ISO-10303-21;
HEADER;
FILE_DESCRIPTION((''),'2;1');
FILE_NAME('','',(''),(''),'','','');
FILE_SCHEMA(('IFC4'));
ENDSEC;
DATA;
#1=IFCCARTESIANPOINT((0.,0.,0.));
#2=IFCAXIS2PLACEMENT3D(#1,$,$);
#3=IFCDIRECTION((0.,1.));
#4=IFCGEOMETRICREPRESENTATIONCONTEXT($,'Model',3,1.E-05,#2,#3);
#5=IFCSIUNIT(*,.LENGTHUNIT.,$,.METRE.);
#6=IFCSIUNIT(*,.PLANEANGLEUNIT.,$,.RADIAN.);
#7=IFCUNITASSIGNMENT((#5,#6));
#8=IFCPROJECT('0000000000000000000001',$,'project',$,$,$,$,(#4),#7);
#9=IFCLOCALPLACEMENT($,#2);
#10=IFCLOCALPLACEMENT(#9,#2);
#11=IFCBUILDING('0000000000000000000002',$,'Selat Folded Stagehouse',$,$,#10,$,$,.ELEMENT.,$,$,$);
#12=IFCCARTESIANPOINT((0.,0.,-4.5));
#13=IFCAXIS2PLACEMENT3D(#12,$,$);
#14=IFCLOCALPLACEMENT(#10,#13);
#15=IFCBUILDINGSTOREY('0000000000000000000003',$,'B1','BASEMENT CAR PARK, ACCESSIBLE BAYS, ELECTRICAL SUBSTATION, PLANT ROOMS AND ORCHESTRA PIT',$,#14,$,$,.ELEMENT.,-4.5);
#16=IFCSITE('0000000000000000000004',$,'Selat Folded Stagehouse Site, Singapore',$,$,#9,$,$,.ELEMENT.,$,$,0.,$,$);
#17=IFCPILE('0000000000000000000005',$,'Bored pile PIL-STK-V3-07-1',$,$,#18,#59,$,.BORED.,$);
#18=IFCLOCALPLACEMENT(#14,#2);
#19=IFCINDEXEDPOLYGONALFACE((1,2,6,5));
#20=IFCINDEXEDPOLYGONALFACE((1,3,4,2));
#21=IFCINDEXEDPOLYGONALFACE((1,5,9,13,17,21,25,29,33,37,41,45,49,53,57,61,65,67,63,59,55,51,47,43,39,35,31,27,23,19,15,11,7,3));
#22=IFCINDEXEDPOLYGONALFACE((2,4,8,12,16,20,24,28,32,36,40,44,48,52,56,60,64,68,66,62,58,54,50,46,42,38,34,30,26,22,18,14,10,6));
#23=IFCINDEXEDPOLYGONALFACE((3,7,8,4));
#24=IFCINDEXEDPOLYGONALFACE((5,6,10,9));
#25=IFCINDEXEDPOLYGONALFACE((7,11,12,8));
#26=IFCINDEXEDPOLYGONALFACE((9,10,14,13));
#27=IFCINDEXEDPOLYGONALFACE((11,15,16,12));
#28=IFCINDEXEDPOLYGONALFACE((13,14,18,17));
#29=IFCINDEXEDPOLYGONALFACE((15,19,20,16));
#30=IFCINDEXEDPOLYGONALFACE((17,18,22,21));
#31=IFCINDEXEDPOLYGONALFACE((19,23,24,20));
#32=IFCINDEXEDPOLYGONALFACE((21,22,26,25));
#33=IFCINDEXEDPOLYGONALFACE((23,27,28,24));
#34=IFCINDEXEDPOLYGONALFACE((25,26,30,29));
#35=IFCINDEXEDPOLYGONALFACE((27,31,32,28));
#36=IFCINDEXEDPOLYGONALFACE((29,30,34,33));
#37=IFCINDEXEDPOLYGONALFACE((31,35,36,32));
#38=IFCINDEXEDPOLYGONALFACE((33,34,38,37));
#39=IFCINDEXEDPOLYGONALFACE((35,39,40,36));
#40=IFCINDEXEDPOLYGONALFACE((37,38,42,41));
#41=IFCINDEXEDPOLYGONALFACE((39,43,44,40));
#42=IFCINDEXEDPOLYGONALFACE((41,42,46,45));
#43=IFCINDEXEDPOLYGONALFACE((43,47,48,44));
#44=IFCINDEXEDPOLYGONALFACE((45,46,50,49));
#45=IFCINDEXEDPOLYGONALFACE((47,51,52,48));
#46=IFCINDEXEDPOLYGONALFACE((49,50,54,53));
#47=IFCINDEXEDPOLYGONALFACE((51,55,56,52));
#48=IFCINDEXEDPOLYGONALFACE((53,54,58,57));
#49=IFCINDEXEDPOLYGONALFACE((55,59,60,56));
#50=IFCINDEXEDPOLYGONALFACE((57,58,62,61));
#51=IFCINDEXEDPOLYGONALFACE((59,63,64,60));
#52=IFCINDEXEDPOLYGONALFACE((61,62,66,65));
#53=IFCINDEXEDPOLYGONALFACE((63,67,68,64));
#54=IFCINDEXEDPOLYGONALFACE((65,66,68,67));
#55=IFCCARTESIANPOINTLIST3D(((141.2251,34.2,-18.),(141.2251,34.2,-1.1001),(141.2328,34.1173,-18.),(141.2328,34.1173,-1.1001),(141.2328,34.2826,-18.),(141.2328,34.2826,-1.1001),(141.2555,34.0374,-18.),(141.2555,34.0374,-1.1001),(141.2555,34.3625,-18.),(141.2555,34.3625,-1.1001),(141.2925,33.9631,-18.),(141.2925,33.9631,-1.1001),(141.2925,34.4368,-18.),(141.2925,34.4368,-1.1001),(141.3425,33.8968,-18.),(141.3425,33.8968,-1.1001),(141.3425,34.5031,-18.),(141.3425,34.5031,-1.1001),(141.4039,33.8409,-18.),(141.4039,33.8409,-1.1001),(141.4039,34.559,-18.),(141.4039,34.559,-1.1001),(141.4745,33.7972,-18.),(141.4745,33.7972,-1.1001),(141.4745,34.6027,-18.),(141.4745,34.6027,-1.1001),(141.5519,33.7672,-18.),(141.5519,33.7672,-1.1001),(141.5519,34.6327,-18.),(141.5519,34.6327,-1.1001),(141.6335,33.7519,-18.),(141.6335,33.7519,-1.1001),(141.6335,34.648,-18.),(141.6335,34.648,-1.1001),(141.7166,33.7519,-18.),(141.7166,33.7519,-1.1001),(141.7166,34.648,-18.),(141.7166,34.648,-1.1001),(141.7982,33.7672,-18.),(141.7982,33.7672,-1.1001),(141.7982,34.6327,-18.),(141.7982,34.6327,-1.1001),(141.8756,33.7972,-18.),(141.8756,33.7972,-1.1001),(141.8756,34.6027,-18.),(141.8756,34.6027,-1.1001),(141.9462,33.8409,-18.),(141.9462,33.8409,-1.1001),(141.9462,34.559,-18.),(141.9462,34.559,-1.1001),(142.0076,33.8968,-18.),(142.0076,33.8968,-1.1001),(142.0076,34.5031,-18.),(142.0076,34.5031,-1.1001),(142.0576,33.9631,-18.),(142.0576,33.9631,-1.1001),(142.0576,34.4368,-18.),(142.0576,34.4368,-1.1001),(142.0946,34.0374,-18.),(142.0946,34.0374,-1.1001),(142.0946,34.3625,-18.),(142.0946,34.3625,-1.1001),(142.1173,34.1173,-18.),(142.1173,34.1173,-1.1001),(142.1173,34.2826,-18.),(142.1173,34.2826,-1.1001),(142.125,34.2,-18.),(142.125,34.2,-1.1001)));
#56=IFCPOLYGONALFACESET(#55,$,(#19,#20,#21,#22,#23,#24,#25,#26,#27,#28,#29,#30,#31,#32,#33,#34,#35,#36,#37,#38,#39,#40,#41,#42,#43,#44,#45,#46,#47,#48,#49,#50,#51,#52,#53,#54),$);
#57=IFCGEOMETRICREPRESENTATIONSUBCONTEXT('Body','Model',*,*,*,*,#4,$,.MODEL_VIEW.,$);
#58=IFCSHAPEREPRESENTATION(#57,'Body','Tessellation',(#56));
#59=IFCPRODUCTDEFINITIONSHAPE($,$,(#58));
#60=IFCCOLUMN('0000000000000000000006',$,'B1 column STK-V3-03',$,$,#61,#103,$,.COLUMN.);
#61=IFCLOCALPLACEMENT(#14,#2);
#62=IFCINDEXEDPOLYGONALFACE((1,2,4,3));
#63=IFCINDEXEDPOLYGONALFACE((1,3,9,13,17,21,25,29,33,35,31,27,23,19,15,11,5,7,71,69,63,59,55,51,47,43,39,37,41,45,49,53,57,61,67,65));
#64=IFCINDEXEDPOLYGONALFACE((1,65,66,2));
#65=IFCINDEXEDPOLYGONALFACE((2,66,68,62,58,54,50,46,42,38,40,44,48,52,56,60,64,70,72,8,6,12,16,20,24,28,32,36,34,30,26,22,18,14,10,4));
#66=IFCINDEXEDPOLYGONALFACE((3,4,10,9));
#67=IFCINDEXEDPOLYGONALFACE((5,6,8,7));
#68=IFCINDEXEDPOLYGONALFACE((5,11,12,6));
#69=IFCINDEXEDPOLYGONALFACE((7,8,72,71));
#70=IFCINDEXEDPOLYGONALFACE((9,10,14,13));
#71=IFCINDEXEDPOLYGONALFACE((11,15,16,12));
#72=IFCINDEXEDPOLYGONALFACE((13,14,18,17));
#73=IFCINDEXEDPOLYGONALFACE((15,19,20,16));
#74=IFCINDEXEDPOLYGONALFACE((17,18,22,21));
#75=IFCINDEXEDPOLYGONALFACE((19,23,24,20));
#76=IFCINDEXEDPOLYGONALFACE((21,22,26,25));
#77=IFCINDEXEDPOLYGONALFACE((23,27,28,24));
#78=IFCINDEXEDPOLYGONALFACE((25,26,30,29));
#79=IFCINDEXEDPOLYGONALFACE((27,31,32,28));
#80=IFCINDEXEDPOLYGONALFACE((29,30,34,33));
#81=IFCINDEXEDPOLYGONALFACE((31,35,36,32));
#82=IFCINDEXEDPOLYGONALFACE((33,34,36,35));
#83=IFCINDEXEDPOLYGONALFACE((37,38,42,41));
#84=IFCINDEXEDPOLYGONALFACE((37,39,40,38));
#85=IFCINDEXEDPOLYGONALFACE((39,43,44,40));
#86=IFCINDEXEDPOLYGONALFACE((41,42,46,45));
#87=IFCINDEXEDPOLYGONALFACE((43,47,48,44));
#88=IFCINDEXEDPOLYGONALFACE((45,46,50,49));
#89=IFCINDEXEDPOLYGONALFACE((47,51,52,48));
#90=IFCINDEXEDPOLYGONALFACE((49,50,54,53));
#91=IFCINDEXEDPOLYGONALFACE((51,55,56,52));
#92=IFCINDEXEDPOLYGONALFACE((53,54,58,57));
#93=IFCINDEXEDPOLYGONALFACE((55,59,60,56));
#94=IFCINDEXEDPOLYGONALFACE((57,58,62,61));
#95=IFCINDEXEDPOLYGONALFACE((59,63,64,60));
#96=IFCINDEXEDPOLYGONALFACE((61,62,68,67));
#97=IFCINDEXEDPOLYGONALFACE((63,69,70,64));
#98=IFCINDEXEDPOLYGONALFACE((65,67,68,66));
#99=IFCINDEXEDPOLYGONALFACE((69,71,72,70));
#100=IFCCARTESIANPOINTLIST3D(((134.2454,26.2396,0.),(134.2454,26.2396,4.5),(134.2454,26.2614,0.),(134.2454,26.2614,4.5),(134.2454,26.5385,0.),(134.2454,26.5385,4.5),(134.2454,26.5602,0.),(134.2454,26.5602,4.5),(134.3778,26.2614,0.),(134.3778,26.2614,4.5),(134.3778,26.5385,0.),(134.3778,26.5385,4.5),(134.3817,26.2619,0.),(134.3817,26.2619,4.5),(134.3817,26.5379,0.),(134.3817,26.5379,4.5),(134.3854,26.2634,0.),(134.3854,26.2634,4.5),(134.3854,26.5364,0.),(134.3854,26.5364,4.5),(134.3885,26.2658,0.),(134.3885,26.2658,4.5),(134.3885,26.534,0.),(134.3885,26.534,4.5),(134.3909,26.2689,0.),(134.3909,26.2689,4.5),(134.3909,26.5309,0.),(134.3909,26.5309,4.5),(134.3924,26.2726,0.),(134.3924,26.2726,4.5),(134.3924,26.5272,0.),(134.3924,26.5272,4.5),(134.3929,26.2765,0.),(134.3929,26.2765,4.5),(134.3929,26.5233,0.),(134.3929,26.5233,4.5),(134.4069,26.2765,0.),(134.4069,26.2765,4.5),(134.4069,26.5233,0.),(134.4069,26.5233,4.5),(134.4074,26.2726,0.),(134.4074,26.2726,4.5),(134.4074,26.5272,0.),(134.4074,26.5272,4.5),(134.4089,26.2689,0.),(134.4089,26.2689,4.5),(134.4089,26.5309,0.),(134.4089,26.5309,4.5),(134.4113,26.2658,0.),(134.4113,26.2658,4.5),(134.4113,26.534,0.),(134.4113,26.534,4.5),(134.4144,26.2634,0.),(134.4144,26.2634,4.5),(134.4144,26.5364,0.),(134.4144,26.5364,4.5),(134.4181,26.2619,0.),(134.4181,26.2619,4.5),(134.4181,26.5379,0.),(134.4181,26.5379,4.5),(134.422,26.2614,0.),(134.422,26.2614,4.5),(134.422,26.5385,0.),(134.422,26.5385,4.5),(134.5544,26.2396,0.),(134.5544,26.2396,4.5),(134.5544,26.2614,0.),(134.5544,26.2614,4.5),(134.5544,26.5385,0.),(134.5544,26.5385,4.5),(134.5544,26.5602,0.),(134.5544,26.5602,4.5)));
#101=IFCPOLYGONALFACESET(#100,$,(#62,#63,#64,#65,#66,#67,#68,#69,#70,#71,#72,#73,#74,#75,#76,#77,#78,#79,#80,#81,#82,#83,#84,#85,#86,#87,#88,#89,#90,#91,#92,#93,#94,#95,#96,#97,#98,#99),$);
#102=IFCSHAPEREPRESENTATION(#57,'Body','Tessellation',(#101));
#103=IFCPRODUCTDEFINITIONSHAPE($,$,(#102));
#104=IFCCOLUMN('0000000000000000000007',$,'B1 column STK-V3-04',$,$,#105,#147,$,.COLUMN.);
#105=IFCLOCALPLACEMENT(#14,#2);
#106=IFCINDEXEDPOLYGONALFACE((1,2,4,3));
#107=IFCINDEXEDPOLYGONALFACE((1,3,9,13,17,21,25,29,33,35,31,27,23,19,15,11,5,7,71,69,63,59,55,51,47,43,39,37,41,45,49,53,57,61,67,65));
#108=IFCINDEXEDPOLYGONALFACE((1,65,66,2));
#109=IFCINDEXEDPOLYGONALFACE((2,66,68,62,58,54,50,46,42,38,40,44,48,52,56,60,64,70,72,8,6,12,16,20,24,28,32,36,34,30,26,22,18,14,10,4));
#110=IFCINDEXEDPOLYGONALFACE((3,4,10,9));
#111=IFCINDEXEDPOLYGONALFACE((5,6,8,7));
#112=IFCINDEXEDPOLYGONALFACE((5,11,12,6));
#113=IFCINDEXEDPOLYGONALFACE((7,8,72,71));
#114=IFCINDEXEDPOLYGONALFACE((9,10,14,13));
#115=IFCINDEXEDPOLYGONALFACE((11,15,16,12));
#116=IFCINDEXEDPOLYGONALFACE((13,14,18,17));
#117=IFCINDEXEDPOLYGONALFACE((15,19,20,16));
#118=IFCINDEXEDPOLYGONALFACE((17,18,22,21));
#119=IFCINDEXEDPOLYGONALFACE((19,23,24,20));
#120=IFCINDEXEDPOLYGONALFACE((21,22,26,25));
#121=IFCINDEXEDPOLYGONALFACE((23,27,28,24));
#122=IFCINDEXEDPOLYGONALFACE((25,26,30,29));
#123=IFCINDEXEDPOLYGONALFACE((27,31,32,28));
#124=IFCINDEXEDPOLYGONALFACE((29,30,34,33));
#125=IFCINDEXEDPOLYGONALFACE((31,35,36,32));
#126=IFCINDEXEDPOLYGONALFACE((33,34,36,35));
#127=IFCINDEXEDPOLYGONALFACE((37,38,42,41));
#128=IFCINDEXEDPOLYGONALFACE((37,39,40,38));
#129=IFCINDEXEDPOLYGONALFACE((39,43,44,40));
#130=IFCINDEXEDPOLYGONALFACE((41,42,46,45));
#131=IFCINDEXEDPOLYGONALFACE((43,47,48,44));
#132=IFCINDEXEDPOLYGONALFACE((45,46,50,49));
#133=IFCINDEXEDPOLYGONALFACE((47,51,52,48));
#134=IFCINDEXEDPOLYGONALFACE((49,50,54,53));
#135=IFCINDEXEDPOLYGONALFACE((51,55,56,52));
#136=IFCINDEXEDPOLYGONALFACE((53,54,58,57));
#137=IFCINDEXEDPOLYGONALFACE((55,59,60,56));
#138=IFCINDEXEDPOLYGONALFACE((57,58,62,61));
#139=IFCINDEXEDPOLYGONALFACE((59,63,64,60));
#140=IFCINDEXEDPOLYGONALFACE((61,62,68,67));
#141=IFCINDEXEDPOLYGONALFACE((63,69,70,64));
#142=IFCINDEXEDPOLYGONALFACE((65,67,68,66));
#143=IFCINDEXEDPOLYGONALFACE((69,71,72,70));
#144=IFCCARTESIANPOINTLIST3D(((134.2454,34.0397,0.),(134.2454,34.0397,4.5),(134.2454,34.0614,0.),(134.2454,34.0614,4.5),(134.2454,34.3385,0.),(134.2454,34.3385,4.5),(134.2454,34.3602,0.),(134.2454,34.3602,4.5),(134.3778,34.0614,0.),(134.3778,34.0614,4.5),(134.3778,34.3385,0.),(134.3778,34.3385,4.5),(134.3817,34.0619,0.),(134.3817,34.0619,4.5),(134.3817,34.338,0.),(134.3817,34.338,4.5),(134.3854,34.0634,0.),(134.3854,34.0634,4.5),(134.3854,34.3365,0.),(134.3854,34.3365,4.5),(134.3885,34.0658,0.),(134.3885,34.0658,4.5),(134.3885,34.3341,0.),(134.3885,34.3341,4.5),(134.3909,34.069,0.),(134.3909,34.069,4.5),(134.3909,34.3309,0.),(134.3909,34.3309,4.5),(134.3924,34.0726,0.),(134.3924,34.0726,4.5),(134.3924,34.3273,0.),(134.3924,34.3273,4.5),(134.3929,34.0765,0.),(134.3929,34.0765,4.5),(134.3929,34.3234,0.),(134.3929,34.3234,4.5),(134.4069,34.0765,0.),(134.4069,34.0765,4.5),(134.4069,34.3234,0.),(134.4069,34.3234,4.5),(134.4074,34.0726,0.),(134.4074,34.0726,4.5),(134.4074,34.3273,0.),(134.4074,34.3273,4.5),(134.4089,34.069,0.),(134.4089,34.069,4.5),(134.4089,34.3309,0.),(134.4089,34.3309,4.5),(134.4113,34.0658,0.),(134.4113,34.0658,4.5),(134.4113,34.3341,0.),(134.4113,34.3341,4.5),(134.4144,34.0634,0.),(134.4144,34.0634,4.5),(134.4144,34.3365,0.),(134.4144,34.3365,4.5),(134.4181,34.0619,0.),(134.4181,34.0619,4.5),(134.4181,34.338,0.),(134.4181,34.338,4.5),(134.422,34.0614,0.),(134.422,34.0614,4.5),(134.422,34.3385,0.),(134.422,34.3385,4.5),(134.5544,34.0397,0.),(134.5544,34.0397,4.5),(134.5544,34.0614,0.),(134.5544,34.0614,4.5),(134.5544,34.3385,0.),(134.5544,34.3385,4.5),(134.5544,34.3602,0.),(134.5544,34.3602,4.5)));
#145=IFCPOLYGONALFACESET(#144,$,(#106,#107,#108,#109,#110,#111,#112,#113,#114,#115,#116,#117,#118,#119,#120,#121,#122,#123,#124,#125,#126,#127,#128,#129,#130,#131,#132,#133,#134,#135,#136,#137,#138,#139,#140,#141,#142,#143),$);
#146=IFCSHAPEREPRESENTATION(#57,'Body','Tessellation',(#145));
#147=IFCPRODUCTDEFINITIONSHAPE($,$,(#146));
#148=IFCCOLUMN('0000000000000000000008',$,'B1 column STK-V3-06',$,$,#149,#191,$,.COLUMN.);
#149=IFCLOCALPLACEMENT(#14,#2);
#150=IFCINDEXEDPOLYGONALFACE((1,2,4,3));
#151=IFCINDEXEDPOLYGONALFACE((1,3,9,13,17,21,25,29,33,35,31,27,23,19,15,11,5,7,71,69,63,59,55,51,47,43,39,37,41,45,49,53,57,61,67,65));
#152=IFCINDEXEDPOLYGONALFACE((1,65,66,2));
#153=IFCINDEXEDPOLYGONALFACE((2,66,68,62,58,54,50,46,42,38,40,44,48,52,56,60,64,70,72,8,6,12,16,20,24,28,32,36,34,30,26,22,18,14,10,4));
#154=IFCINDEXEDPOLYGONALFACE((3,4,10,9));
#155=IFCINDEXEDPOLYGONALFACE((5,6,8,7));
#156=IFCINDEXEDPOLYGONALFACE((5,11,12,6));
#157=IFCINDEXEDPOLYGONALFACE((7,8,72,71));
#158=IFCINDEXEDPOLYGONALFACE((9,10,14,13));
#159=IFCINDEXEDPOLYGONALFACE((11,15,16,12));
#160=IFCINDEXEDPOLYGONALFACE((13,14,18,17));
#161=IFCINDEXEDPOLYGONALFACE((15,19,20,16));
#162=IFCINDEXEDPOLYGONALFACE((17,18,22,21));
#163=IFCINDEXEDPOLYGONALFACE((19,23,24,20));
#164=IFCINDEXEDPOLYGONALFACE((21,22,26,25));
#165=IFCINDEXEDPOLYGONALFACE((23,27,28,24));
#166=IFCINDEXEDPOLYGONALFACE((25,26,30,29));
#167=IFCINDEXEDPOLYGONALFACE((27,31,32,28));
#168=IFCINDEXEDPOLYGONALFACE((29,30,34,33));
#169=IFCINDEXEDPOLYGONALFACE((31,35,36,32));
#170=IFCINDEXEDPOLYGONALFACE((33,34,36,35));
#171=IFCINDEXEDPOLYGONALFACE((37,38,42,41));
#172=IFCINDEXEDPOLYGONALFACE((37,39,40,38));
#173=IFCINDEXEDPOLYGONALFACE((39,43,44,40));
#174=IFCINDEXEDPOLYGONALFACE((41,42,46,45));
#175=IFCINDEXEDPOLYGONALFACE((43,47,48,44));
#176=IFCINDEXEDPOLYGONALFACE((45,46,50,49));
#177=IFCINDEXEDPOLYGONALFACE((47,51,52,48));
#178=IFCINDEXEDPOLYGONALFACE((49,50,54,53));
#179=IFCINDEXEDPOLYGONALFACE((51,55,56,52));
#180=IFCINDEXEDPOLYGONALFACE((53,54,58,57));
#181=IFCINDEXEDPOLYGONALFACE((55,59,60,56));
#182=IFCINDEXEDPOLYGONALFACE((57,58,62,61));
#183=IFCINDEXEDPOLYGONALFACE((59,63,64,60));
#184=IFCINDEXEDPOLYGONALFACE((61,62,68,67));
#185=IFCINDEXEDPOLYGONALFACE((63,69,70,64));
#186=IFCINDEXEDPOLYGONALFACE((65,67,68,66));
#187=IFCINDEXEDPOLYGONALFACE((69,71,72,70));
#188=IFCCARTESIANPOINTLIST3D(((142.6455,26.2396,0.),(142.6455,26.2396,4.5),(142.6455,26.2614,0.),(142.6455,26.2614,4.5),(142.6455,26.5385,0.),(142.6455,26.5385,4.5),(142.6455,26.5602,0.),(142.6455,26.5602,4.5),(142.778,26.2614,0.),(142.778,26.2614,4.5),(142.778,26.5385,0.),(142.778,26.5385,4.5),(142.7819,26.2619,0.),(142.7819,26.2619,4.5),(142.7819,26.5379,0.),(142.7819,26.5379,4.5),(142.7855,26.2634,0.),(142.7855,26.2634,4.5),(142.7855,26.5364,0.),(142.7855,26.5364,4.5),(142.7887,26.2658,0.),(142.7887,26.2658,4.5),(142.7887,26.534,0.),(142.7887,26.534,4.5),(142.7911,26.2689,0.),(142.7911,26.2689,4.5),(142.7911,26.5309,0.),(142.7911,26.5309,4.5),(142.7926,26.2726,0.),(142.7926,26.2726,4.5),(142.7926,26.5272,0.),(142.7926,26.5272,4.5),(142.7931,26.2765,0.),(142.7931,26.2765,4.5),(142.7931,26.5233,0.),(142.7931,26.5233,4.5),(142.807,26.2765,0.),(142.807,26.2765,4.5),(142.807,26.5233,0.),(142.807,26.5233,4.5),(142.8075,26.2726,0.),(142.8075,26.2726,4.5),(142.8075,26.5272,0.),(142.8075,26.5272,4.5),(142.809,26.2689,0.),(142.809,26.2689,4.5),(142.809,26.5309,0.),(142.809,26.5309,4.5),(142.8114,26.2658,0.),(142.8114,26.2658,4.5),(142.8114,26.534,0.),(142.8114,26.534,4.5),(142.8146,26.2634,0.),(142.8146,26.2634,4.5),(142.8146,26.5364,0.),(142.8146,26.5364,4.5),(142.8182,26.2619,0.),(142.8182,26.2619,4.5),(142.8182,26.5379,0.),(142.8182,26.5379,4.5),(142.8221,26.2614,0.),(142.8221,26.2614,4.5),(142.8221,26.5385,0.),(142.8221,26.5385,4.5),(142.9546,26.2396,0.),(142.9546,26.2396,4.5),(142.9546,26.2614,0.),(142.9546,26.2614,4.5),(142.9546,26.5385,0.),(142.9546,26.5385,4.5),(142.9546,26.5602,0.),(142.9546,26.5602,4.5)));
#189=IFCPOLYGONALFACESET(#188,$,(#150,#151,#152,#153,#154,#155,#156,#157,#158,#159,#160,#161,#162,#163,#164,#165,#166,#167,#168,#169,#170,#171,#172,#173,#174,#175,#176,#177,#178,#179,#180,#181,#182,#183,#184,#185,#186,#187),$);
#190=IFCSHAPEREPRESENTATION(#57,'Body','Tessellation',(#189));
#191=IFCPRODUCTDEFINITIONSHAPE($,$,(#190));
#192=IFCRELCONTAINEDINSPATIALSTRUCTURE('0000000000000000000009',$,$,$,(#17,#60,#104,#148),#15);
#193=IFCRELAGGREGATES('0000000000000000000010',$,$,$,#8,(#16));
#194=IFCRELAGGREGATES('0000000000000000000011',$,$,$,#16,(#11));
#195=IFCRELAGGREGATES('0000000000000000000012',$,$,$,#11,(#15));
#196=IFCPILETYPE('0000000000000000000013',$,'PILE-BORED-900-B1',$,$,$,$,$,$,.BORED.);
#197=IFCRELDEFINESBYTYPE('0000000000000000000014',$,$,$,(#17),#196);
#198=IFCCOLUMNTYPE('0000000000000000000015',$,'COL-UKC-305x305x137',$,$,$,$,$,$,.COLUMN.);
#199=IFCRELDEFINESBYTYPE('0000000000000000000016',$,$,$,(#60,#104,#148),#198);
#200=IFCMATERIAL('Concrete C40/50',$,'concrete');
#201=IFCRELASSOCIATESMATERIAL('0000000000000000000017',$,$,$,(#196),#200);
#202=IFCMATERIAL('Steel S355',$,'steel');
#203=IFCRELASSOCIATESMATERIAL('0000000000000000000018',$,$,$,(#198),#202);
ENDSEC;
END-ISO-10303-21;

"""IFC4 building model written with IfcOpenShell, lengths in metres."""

from ifc_helpers import new_model, si_unit, direction, frame, origin, origin_2d, place, context, subcontext, project, spatial, circle, i_section, extrude, material, material_profile, profile_set, type_object, element, save


model = new_model("IFC4")

# Units and contexts
model_context = context("Model", 3, precision=1e-05, world=origin(), true_north=direction((0.0, 1.0)))
body_context = subcontext(model_context, "Body", "Model", "MODEL_VIEW")
ifc_project = project(units=[si_unit("LENGTHUNIT", "METRE"), si_unit("PLANEANGLEUNIT", "RADIAN")], contexts=[model_context])

# Site, building, storey
site_placement = place(None, origin())
site = spatial("IfcSite", under=ifc_project, at=site_placement, Name="Selat Folded Stagehouse Site, Singapore", CompositionType="ELEMENT", RefElevation=0.0)
building_placement = place(site_placement, origin())
building = spatial("IfcBuilding", under=site, at=building_placement, Name="Selat Folded Stagehouse", CompositionType="ELEMENT")
storey_placement = place(building_placement, frame((0.0, 0.0, -4.5)))
storey = spatial("IfcBuildingStorey", under=building, at=storey_placement, Name="B1", Description="BASEMENT CAR PARK, ACCESSIBLE BAYS, ELECTRICAL SUBSTATION, PLANT ROOMS AND ORCHESTRA PIT", CompositionType="ELEMENT", Elevation=-4.5)

# Shared definitions
ifc_material_1 = material(Name="Concrete C40/50", Category="concrete")

# Pile
ifc_material_profile_1 = material_profile(ifc_material_1, circle(Radius=0.45, at=origin_2d()), Name="PILE D900")
ifc_profile_set_1 = profile_set([ifc_material_profile_1], Name="Concrete C40/50")
pile_type = type_object("IfcPileType", Name="PILE-BORED-900-B1", PredefinedType="BORED", material=ifc_profile_set_1)
for number, where, z_axis, x_axis, name in (
    (1, (141.675, 34.2, -1.1001), (0.0, 0.0, -1.0), (1.0, 0.0, 0.0), "Bored pile PIL-STK-V3-07-1"),
):
    element("IfcPile", number, at=place(storey_placement, frame(where, z_axis=z_axis, x_axis=x_axis)), inside=storey, type_object=pile_type, Name=name, PredefinedType="BORED", context=body_context, shape_type="SweptSolid", body=[
        extrude(circle(Radius=0.45, at=origin_2d()), origin(), (0.0, 0.0, 1.0), 16.8999),
    ])

# Columns
ifc_material_2 = material(Name="Steel S355", Category="steel")
ifc_material_profile_2 = material_profile(ifc_material_2, i_section(OverallWidth=0.3091, OverallDepth=0.3206, WebThickness=0.0139, FlangeThickness=0.0217, FilletRadius=0.0151, at=origin_2d()), Name="UKC 305x305x137")
ifc_profile_set_2 = profile_set([ifc_material_profile_2], Name="Steel S355")
column_type = type_object("IfcColumnType", Name="COL-UKC-305x305x137", PredefinedType="COLUMN", material=ifc_profile_set_2)
for number, where, z_axis, x_axis, name in (
    (2, (134.3999, 26.3999, 0.0), (0.0, 0.0, 1.0), (1.0, 0.0, 0.0), "B1 column STK-V3-03"),
    (3, (134.3999, 34.2, 0.0), (0.0, 0.0, 1.0), (1.0, 0.0, 0.0), "B1 column STK-V3-04"),
    (4, (142.8, 26.3999, 0.0), (0.0, 0.0, 1.0), (1.0, 0.0, 0.0), "B1 column STK-V3-06"),
):
    element("IfcColumn", number, at=place(storey_placement, frame(where, z_axis=z_axis, x_axis=x_axis)), inside=storey, type_object=column_type, Name=name, PredefinedType="COLUMN", context=body_context, shape_type="SweptSolid", body=[
        extrude(i_section(OverallWidth=0.3091, OverallDepth=0.3206, WebThickness=0.0139, FlangeThickness=0.0217, FilletRadius=0.0151, at=origin_2d()), origin(), (0.0, 0.0, 1.0), 4.5),
    ])

save(model, "model.ifc")
